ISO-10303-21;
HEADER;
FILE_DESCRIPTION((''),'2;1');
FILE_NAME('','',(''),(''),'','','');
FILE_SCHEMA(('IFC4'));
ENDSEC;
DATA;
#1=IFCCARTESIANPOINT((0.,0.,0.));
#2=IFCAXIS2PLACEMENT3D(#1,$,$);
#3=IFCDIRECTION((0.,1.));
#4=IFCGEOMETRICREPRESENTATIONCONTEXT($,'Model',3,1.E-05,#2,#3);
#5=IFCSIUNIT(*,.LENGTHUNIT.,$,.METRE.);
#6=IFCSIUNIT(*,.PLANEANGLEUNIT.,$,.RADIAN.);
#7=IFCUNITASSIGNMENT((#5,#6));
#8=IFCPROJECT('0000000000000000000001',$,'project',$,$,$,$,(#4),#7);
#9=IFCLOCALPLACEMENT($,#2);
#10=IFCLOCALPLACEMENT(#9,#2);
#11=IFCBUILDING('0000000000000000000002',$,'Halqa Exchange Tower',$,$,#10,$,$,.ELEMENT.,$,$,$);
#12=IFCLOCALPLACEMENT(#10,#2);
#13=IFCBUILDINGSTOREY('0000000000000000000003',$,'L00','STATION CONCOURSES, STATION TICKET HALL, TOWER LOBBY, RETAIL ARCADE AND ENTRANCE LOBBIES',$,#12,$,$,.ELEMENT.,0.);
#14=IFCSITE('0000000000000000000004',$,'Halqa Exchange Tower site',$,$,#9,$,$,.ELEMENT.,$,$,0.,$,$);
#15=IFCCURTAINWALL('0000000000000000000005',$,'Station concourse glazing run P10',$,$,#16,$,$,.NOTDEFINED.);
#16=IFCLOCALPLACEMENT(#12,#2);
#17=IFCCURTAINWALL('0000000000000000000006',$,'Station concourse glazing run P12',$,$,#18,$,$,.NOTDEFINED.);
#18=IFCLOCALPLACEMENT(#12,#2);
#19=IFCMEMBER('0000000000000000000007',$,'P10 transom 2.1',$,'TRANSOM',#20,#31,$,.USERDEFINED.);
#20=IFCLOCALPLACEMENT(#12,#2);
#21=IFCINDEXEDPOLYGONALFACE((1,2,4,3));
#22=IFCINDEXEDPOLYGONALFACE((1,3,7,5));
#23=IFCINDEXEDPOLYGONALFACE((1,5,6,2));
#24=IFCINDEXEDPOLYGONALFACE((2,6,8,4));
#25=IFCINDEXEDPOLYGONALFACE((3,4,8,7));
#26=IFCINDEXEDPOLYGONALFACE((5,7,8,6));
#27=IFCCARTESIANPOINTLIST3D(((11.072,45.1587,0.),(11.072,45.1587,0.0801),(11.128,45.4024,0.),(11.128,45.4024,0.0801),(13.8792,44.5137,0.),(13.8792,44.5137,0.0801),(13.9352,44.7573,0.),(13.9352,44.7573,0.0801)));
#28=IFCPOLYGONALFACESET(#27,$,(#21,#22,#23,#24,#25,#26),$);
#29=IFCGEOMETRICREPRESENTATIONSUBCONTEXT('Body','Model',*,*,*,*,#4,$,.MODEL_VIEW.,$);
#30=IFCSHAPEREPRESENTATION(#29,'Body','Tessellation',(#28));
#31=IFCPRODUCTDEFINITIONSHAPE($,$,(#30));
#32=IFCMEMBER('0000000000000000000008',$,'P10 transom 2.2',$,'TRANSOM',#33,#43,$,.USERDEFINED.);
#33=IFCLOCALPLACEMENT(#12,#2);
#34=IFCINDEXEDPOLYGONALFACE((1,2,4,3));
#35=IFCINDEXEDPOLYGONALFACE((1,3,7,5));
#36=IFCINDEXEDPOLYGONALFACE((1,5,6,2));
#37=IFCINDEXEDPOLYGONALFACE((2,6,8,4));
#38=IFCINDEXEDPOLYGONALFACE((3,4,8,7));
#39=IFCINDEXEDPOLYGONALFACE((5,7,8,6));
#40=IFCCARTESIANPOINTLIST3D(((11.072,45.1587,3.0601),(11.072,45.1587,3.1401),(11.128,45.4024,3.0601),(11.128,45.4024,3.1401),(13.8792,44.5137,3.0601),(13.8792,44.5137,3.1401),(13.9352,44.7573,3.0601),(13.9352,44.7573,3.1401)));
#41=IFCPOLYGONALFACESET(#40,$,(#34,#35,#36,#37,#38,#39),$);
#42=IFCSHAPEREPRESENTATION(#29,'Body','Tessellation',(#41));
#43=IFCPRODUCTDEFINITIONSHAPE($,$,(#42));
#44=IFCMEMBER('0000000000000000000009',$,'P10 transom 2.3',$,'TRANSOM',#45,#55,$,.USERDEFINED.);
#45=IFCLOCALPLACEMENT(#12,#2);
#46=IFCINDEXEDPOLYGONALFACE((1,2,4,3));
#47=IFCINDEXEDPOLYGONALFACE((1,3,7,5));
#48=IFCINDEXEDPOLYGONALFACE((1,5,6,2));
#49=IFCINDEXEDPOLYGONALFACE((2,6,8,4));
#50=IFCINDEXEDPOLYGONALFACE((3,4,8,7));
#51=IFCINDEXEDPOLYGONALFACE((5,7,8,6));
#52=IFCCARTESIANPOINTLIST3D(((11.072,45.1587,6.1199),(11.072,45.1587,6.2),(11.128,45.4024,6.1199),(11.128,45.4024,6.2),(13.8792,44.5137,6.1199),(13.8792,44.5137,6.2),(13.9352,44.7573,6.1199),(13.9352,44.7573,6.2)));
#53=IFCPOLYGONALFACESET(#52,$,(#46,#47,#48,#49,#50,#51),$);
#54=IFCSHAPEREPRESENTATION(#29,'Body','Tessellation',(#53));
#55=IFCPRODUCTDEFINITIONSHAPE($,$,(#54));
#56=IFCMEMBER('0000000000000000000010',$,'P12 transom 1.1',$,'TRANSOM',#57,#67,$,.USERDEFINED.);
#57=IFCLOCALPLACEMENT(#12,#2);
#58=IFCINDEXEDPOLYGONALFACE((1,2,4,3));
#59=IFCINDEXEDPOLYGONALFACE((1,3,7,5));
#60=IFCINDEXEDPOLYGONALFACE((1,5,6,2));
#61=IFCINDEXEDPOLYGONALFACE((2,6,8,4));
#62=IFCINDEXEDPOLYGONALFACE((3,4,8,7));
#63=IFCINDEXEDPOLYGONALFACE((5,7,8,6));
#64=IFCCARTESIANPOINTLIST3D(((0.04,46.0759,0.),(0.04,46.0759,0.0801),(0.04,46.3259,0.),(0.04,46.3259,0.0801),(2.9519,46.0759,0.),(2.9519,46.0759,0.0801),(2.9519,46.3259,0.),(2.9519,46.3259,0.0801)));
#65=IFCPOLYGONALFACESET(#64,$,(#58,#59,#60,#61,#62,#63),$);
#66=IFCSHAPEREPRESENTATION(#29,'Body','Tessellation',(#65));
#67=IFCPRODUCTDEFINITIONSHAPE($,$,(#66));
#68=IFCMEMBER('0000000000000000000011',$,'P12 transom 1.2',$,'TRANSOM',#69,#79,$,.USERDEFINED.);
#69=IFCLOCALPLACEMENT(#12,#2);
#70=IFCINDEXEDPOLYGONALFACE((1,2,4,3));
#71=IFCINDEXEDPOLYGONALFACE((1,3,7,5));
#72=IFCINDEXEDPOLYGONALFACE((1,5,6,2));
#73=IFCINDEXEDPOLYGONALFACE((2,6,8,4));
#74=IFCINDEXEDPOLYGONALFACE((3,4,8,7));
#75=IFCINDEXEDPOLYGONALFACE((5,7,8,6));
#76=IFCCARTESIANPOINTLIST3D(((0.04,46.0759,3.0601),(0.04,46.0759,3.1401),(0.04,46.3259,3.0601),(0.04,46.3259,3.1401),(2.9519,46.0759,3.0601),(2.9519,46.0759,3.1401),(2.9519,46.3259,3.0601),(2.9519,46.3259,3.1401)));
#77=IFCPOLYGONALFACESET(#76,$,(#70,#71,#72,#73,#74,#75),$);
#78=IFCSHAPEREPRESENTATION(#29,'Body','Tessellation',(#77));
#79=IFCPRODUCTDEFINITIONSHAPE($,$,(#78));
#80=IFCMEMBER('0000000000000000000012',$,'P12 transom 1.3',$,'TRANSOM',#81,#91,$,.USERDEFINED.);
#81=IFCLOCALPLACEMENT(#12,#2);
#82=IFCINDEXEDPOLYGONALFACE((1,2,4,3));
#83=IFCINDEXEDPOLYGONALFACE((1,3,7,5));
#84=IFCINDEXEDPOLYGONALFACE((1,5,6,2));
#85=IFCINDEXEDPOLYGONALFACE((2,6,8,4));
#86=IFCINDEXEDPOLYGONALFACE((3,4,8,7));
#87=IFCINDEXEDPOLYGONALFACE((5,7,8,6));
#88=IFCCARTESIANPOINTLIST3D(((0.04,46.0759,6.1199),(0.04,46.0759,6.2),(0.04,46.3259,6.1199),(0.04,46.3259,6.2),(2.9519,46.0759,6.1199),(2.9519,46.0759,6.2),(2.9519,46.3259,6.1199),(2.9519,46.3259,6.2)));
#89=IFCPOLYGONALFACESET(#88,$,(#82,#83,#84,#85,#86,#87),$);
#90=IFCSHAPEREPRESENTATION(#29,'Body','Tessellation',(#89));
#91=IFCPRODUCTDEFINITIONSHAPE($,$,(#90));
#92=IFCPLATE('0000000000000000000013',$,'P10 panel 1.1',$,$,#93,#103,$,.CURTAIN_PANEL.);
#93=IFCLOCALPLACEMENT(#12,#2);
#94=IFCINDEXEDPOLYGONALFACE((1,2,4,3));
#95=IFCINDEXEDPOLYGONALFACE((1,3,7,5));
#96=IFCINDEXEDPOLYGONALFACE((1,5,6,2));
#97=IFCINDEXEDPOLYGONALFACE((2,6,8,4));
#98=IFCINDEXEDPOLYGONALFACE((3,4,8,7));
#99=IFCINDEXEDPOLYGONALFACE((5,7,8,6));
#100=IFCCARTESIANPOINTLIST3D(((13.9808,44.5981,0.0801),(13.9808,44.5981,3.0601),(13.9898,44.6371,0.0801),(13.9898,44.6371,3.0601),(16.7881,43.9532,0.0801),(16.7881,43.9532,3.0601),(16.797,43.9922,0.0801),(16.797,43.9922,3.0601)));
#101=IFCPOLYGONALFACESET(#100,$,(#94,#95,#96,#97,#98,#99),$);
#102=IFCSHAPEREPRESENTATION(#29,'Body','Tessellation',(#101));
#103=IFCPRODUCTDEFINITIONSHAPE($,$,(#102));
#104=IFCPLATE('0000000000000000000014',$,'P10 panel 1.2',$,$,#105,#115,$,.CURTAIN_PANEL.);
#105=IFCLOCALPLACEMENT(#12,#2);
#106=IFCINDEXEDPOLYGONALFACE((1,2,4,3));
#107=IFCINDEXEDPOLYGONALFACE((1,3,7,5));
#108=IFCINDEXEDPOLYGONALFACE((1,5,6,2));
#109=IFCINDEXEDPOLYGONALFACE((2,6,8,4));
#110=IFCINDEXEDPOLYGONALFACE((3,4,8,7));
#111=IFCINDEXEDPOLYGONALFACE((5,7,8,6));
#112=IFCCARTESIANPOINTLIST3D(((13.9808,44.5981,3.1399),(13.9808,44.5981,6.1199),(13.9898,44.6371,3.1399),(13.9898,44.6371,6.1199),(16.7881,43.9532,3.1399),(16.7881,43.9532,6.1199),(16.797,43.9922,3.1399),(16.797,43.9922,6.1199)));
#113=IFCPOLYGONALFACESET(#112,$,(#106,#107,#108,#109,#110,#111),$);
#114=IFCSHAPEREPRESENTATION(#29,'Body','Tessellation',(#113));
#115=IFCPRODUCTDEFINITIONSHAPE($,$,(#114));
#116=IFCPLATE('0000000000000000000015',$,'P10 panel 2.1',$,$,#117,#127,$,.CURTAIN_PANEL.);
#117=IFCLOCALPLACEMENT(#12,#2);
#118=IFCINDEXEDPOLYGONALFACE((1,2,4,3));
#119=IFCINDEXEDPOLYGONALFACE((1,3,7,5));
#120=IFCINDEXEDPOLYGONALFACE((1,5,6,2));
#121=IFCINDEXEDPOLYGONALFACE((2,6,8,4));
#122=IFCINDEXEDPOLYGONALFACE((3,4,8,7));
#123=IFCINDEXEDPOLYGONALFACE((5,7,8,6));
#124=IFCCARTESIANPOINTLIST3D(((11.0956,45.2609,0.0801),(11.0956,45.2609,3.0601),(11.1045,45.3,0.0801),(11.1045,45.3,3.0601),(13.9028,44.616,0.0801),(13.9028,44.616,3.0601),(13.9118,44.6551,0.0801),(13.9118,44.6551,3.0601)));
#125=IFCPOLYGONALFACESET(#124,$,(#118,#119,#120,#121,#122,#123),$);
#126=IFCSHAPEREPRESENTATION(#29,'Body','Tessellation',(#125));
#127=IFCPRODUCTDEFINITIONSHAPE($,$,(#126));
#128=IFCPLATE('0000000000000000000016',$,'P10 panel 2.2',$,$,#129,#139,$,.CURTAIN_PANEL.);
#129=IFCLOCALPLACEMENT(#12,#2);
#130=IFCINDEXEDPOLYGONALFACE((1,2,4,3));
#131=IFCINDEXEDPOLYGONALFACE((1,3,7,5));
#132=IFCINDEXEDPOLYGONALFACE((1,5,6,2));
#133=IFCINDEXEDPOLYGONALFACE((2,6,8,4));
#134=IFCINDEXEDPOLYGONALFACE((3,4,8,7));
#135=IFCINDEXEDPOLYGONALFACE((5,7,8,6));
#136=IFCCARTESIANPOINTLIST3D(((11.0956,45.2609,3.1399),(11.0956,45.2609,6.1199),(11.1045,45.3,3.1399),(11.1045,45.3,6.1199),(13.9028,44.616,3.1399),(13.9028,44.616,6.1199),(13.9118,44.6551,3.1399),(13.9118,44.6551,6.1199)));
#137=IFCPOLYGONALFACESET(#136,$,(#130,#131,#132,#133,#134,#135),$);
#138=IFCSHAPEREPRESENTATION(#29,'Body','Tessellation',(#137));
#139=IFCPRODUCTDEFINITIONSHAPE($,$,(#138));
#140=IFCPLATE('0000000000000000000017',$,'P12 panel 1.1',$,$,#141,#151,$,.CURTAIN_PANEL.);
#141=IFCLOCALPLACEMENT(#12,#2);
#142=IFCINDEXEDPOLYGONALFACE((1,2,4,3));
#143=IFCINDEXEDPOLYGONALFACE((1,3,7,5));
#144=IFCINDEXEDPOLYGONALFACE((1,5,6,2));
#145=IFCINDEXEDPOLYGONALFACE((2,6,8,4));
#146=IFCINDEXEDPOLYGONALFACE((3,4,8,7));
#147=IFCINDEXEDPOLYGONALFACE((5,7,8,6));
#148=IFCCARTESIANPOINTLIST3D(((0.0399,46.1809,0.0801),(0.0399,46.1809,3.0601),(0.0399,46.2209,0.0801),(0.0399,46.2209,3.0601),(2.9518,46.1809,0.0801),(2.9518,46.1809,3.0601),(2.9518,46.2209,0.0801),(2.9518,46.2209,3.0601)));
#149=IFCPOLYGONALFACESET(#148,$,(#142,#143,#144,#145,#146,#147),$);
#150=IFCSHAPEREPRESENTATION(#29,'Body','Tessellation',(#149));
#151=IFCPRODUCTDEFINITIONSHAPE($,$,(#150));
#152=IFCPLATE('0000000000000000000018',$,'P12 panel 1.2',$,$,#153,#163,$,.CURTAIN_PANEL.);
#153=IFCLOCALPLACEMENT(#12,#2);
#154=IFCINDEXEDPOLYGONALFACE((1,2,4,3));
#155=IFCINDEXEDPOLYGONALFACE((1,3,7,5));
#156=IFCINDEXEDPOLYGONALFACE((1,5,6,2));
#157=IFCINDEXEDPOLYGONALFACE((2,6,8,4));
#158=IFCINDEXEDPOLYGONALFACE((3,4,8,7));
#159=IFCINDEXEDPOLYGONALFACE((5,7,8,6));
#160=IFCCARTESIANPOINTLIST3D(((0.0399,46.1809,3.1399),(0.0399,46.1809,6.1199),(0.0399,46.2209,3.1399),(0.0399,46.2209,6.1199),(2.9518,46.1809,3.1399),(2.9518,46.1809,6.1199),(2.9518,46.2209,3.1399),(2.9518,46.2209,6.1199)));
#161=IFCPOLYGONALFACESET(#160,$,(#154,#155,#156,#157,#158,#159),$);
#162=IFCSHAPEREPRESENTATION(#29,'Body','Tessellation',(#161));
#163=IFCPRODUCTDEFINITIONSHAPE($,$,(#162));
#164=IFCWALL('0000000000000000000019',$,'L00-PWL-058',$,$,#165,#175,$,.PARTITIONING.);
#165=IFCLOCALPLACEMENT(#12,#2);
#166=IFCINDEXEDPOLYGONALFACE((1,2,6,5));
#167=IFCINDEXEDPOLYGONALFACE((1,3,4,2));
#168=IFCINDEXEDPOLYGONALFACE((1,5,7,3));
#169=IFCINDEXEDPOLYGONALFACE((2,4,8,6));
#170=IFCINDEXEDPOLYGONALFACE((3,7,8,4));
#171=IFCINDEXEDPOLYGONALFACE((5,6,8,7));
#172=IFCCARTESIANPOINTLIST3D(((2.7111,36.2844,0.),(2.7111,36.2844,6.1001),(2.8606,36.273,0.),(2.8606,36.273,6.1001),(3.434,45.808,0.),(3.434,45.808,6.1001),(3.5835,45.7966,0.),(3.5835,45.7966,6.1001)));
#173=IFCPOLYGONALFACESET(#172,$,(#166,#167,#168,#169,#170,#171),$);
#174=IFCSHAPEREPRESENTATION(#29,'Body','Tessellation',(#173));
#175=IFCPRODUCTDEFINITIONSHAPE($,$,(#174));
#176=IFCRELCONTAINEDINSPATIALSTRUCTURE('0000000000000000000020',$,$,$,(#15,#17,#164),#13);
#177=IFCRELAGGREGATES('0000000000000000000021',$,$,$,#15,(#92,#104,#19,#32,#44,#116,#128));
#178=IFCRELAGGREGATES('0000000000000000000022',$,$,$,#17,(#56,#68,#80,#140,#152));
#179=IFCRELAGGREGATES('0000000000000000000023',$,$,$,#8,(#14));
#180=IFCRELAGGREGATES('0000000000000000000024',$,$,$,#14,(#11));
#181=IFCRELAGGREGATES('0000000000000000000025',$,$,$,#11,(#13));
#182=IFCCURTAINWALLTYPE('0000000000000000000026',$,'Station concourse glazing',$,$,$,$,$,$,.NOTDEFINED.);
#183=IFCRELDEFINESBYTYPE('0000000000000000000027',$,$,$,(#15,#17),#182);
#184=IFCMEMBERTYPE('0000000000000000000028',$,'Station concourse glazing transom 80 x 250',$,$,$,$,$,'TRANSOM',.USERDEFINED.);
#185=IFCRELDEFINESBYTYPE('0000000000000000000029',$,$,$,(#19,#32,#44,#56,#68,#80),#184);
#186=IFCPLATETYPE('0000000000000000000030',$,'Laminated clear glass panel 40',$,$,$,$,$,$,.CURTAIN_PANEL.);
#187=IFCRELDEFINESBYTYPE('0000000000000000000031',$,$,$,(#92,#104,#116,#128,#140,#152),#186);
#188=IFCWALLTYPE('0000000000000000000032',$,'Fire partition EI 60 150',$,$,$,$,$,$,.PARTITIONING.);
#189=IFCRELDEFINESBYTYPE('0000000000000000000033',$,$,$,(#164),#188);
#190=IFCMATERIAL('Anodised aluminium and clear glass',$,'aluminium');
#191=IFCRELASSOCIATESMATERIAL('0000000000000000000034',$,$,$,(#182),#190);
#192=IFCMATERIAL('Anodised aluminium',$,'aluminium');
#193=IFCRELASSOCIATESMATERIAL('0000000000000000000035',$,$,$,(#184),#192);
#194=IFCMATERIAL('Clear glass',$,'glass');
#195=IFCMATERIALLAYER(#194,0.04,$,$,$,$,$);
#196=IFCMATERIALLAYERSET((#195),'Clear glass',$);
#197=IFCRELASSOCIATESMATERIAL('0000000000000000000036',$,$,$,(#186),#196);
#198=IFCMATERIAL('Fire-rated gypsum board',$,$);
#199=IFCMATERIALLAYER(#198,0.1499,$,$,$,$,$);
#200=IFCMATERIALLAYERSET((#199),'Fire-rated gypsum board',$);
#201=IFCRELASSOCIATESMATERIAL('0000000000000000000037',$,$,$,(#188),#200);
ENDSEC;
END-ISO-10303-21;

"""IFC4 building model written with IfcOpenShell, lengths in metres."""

from ifc_helpers import new_model, si_unit, direction, frame, frame_2d, origin, origin_2d, place, context, subcontext, project, spatial, rectangle, extrude, material, layer, layer_set, material_profile, profile_set, type_object, element, aggregate, save


model = new_model("IFC4")

# Units and contexts
model_context = context("Model", 3, precision=1e-05, world=origin(), true_north=direction((0.0, 1.0)))
body_context = subcontext(model_context, "Body", "Model", "MODEL_VIEW")
ifc_project = project(units=[si_unit("LENGTHUNIT", "METRE"), si_unit("PLANEANGLEUNIT", "RADIAN")], contexts=[model_context])

# Site, building, storey
site_placement = place(None, origin())
site = spatial("IfcSite", under=ifc_project, at=site_placement, Name="Halqa Exchange Tower site", CompositionType="ELEMENT", RefElevation=0.0)
building_placement = place(site_placement, origin())
building = spatial("IfcBuilding", under=site, at=building_placement, Name="Halqa Exchange Tower", CompositionType="ELEMENT")
storey_placement = place(building_placement, origin())
storey = spatial("IfcBuildingStorey", under=building, at=storey_placement, Name="L00", Description="STATION CONCOURSES, STATION TICKET HALL, TOWER LOBBY, RETAIL ARCADE AND ENTRANCE LOBBIES", CompositionType="ELEMENT", Elevation=0.0)

# Curtain wall
ifc_material_1 = material(Name="Anodised aluminium and clear glass", Category="aluminium")
curtain_wall_type = type_object("IfcCurtainWallType", Name="Station concourse glazing", PredefinedType="NOTDEFINED", material=ifc_material_1)
curtain_wall_1_placement = place(storey_placement, origin())
curtain_wall_1 = element("IfcCurtainWall", 1, at=curtain_wall_1_placement, inside=storey, type_object=curtain_wall_type, Name="Station concourse glazing run P10", PredefinedType="NOTDEFINED")
ifc_material_2 = material(Name="Anodised aluminium", Category="aluminium")

# Curtain wall
curtain_wall_2_placement = place(storey_placement, origin())
curtain_wall_2 = element("IfcCurtainWall", 2, at=curtain_wall_2_placement, inside=storey, type_object=curtain_wall_type, Name="Station concourse glazing run P12", PredefinedType="NOTDEFINED")

# Members
ifc_material_profile_1 = material_profile(ifc_material_2, rectangle(XDim=0.25, YDim=0.0801, at=origin_2d()), Name="AL 80x250")
ifc_profile_set_1 = profile_set([ifc_material_profile_1], Name="Anodised aluminium")
member_type_1 = type_object("IfcMemberType", Name="Station concourse glazing transom 80 x 250", ElementType="TRANSOM", PredefinedType="USERDEFINED", material=ifc_profile_set_1)
member_1_placement = place(storey_placement, frame((13.9072, 44.6355, 0.04), z_axis=(-0.974602, 0.223943, 0.0), x_axis=(-0.223943, -0.974602, 0.0)))
member_1 = element("IfcMember", 3, at=member_1_placement, type_object=member_type_1, Name="P10 transom 2.1", ObjectType="TRANSOM", PredefinedType="USERDEFINED", context=body_context, shape_type="SweptSolid", body=[
    extrude(rectangle(XDim=0.25, YDim=0.0801, at=origin_2d()), origin(), (0.0, 0.0, 1.0), 2.8804),
])
member_2_placement = place(storey_placement, frame((13.9072, 44.6355, 3.1001), z_axis=(-0.974602, 0.223943, 0.0), x_axis=(-0.223943, -0.974602, 0.0)))
member_2 = element("IfcMember", 4, at=member_2_placement, type_object=member_type_1, Name="P10 transom 2.2", ObjectType="TRANSOM", PredefinedType="USERDEFINED", context=body_context, shape_type="SweptSolid", body=[
    extrude(rectangle(XDim=0.25, YDim=0.0801, at=origin_2d()), origin(), (0.0, 0.0, 1.0), 2.8804),
])
member_3_placement = place(storey_placement, frame((13.9072, 44.6355, 6.1599), z_axis=(-0.974602, 0.223943, 0.0), x_axis=(-0.223943, -0.974602, 0.0)))
member_3 = element("IfcMember", 5, at=member_3_placement, type_object=member_type_1, Name="P10 transom 2.3", ObjectType="TRANSOM", PredefinedType="USERDEFINED", context=body_context, shape_type="SweptSolid", body=[
    extrude(rectangle(XDim=0.25, YDim=0.0801, at=origin_2d()), origin(), (0.0, 0.0, 1.0), 2.8804),
])
member_4_placement = place(storey_placement, frame((2.9519, 46.2009, 0.04), z_axis=(-1.0, 0.0, 0.0), x_axis=(0.0, -1.0, 0.0)))
member_4 = element("IfcMember", 6, at=member_4_placement, type_object=member_type_1, Name="P12 transom 1.1", ObjectType="TRANSOM", PredefinedType="USERDEFINED", context=body_context, shape_type="SweptSolid", body=[
    extrude(rectangle(XDim=0.25, YDim=0.0801, at=origin_2d()), origin(), (0.0, 0.0, 1.0), 2.9119),
])
member_5_placement = place(storey_placement, frame((2.9519, 46.2009, 3.1001), z_axis=(-1.0, 0.0, 0.0), x_axis=(0.0, -1.0, 0.0)))
member_5 = element("IfcMember", 7, at=member_5_placement, type_object=member_type_1, Name="P12 transom 1.2", ObjectType="TRANSOM", PredefinedType="USERDEFINED", context=body_context, shape_type="SweptSolid", body=[
    extrude(rectangle(XDim=0.25, YDim=0.0801, at=origin_2d()), origin(), (0.0, 0.0, 1.0), 2.9119),
])
member_6_placement = place(storey_placement, frame((2.9519, 46.2009, 6.1599), z_axis=(-1.0, 0.0, 0.0), x_axis=(0.0, -1.0, 0.0)))
member_6 = element("IfcMember", 8, at=member_6_placement, type_object=member_type_1, Name="P12 transom 1.3", ObjectType="TRANSOM", PredefinedType="USERDEFINED", context=body_context, shape_type="SweptSolid", body=[
    extrude(rectangle(XDim=0.25, YDim=0.0801, at=origin_2d()), origin(), (0.0, 0.0, 1.0), 2.9119),
])

# Plates
ifc_material_3 = material(Name="Clear glass", Category="glass")
ifc_layer_1 = layer(ifc_material_3, 0.04)
ifc_layer_set_1 = layer_set([ifc_layer_1], Name="Clear glass")
plate_type = type_object("IfcPlateType", Name="Laminated clear glass panel 40", PredefinedType="CURTAIN_PANEL", material=ifc_layer_set_1)
plate_1_placement = place(storey_placement, frame((15.3889, 44.2952, 0.0801), z_axis=(0.0, 0.0, 1.0), x_axis=(-0.974613, 0.223897, 0.0)))
plate_1 = element("IfcPlate", 9, at=plate_1_placement, type_object=plate_type, Name="P10 panel 1.1", PredefinedType="CURTAIN_PANEL", context=body_context, shape_type="SweptSolid", body=[
    extrude(rectangle(XDim=2.8804, YDim=0.04, at=origin_2d()), origin(), (0.0, 0.0, 1.0), 2.98),
])
plate_2_placement = place(storey_placement, frame((15.3889, 44.2952, 3.1399), z_axis=(0.0, 0.0, 1.0), x_axis=(-0.974613, 0.223897, 0.0)))
plate_2 = element("IfcPlate", 10, at=plate_2_placement, type_object=plate_type, Name="P10 panel 1.2", PredefinedType="CURTAIN_PANEL", context=body_context, shape_type="SweptSolid", body=[
    extrude(rectangle(XDim=2.8804, YDim=0.04, at=origin_2d()), origin(), (0.0, 0.0, 1.0), 2.98),
])
plate_3_placement = place(storey_placement, frame((12.5037, 44.958, 0.0801), z_axis=(0.0, 0.0, 1.0), x_axis=(-0.974613, 0.223897, 0.0)))
plate_3 = element("IfcPlate", 11, at=plate_3_placement, type_object=plate_type, Name="P10 panel 2.1", PredefinedType="CURTAIN_PANEL", context=body_context, shape_type="SweptSolid", body=[
    extrude(rectangle(XDim=2.8804, YDim=0.04, at=origin_2d()), origin(), (0.0, 0.0, 1.0), 2.98),
])
plate_4_placement = place(storey_placement, frame((12.5037, 44.958, 3.1399), z_axis=(0.0, 0.0, 1.0), x_axis=(-0.974613, 0.223897, 0.0)))
plate_4 = element("IfcPlate", 12, at=plate_4_placement, type_object=plate_type, Name="P10 panel 2.2", PredefinedType="CURTAIN_PANEL", context=body_context, shape_type="SweptSolid", body=[
    extrude(rectangle(XDim=2.8804, YDim=0.04, at=origin_2d()), origin(), (0.0, 0.0, 1.0), 2.98),
])
aggregate(curtain_wall_1, [plate_1, plate_2, member_1, member_2, member_3, plate_3, plate_4])
plate_5_placement = place(storey_placement, frame((1.4958, 46.2009, 0.0801), z_axis=(0.0, 0.0, 1.0), x_axis=(-1.0, 0.0, 0.0)))
plate_5 = element("IfcPlate", 13, at=plate_5_placement, type_object=plate_type, Name="P12 panel 1.1", PredefinedType="CURTAIN_PANEL", context=body_context, shape_type="SweptSolid", body=[
    extrude(rectangle(XDim=2.9119, YDim=0.04, at=origin_2d()), origin(), (0.0, 0.0, 1.0), 2.98),
])
plate_6_placement = place(storey_placement, frame((1.4958, 46.2009, 3.1399), z_axis=(0.0, 0.0, 1.0), x_axis=(-1.0, 0.0, 0.0)))
plate_6 = element("IfcPlate", 14, at=plate_6_placement, type_object=plate_type, Name="P12 panel 1.2", PredefinedType="CURTAIN_PANEL", context=body_context, shape_type="SweptSolid", body=[
    extrude(rectangle(XDim=2.9119, YDim=0.04, at=origin_2d()), origin(), (0.0, 0.0, 1.0), 2.98),
])
aggregate(curtain_wall_2, [member_4, member_5, member_6, plate_5, plate_6])

# Wall
ifc_material_4 = material(Name="Fire-rated gypsum board")
ifc_layer_2 = layer(ifc_material_4, 0.1499)
ifc_layer_set_2 = layer_set([ifc_layer_2], Name="Fire-rated gypsum board")
wall_type_1 = type_object("IfcWallType", Name="Fire partition EI 60 150", PredefinedType="PARTITIONING", material=ifc_layer_set_2)
wall_1_placement = place(storey_placement, frame((2.7859, 36.2788, 0.0), z_axis=(0.0, 0.0, 1.0), x_axis=(0.075688, 0.997132, 0.0)))
element("IfcWall", 15, at=wall_1_placement, inside=storey, type_object=wall_type_1, Name="L00-PWL-058", PredefinedType="PARTITIONING", context=body_context, shape_type="SweptSolid", body=[
    extrude(rectangle(XDim=9.551, YDim=0.1499, at=frame_2d((4.7754, 0.0))), origin(), (0.0, 0.0, 1.0), 6.1001),
])

save(model, "model.ifc")
